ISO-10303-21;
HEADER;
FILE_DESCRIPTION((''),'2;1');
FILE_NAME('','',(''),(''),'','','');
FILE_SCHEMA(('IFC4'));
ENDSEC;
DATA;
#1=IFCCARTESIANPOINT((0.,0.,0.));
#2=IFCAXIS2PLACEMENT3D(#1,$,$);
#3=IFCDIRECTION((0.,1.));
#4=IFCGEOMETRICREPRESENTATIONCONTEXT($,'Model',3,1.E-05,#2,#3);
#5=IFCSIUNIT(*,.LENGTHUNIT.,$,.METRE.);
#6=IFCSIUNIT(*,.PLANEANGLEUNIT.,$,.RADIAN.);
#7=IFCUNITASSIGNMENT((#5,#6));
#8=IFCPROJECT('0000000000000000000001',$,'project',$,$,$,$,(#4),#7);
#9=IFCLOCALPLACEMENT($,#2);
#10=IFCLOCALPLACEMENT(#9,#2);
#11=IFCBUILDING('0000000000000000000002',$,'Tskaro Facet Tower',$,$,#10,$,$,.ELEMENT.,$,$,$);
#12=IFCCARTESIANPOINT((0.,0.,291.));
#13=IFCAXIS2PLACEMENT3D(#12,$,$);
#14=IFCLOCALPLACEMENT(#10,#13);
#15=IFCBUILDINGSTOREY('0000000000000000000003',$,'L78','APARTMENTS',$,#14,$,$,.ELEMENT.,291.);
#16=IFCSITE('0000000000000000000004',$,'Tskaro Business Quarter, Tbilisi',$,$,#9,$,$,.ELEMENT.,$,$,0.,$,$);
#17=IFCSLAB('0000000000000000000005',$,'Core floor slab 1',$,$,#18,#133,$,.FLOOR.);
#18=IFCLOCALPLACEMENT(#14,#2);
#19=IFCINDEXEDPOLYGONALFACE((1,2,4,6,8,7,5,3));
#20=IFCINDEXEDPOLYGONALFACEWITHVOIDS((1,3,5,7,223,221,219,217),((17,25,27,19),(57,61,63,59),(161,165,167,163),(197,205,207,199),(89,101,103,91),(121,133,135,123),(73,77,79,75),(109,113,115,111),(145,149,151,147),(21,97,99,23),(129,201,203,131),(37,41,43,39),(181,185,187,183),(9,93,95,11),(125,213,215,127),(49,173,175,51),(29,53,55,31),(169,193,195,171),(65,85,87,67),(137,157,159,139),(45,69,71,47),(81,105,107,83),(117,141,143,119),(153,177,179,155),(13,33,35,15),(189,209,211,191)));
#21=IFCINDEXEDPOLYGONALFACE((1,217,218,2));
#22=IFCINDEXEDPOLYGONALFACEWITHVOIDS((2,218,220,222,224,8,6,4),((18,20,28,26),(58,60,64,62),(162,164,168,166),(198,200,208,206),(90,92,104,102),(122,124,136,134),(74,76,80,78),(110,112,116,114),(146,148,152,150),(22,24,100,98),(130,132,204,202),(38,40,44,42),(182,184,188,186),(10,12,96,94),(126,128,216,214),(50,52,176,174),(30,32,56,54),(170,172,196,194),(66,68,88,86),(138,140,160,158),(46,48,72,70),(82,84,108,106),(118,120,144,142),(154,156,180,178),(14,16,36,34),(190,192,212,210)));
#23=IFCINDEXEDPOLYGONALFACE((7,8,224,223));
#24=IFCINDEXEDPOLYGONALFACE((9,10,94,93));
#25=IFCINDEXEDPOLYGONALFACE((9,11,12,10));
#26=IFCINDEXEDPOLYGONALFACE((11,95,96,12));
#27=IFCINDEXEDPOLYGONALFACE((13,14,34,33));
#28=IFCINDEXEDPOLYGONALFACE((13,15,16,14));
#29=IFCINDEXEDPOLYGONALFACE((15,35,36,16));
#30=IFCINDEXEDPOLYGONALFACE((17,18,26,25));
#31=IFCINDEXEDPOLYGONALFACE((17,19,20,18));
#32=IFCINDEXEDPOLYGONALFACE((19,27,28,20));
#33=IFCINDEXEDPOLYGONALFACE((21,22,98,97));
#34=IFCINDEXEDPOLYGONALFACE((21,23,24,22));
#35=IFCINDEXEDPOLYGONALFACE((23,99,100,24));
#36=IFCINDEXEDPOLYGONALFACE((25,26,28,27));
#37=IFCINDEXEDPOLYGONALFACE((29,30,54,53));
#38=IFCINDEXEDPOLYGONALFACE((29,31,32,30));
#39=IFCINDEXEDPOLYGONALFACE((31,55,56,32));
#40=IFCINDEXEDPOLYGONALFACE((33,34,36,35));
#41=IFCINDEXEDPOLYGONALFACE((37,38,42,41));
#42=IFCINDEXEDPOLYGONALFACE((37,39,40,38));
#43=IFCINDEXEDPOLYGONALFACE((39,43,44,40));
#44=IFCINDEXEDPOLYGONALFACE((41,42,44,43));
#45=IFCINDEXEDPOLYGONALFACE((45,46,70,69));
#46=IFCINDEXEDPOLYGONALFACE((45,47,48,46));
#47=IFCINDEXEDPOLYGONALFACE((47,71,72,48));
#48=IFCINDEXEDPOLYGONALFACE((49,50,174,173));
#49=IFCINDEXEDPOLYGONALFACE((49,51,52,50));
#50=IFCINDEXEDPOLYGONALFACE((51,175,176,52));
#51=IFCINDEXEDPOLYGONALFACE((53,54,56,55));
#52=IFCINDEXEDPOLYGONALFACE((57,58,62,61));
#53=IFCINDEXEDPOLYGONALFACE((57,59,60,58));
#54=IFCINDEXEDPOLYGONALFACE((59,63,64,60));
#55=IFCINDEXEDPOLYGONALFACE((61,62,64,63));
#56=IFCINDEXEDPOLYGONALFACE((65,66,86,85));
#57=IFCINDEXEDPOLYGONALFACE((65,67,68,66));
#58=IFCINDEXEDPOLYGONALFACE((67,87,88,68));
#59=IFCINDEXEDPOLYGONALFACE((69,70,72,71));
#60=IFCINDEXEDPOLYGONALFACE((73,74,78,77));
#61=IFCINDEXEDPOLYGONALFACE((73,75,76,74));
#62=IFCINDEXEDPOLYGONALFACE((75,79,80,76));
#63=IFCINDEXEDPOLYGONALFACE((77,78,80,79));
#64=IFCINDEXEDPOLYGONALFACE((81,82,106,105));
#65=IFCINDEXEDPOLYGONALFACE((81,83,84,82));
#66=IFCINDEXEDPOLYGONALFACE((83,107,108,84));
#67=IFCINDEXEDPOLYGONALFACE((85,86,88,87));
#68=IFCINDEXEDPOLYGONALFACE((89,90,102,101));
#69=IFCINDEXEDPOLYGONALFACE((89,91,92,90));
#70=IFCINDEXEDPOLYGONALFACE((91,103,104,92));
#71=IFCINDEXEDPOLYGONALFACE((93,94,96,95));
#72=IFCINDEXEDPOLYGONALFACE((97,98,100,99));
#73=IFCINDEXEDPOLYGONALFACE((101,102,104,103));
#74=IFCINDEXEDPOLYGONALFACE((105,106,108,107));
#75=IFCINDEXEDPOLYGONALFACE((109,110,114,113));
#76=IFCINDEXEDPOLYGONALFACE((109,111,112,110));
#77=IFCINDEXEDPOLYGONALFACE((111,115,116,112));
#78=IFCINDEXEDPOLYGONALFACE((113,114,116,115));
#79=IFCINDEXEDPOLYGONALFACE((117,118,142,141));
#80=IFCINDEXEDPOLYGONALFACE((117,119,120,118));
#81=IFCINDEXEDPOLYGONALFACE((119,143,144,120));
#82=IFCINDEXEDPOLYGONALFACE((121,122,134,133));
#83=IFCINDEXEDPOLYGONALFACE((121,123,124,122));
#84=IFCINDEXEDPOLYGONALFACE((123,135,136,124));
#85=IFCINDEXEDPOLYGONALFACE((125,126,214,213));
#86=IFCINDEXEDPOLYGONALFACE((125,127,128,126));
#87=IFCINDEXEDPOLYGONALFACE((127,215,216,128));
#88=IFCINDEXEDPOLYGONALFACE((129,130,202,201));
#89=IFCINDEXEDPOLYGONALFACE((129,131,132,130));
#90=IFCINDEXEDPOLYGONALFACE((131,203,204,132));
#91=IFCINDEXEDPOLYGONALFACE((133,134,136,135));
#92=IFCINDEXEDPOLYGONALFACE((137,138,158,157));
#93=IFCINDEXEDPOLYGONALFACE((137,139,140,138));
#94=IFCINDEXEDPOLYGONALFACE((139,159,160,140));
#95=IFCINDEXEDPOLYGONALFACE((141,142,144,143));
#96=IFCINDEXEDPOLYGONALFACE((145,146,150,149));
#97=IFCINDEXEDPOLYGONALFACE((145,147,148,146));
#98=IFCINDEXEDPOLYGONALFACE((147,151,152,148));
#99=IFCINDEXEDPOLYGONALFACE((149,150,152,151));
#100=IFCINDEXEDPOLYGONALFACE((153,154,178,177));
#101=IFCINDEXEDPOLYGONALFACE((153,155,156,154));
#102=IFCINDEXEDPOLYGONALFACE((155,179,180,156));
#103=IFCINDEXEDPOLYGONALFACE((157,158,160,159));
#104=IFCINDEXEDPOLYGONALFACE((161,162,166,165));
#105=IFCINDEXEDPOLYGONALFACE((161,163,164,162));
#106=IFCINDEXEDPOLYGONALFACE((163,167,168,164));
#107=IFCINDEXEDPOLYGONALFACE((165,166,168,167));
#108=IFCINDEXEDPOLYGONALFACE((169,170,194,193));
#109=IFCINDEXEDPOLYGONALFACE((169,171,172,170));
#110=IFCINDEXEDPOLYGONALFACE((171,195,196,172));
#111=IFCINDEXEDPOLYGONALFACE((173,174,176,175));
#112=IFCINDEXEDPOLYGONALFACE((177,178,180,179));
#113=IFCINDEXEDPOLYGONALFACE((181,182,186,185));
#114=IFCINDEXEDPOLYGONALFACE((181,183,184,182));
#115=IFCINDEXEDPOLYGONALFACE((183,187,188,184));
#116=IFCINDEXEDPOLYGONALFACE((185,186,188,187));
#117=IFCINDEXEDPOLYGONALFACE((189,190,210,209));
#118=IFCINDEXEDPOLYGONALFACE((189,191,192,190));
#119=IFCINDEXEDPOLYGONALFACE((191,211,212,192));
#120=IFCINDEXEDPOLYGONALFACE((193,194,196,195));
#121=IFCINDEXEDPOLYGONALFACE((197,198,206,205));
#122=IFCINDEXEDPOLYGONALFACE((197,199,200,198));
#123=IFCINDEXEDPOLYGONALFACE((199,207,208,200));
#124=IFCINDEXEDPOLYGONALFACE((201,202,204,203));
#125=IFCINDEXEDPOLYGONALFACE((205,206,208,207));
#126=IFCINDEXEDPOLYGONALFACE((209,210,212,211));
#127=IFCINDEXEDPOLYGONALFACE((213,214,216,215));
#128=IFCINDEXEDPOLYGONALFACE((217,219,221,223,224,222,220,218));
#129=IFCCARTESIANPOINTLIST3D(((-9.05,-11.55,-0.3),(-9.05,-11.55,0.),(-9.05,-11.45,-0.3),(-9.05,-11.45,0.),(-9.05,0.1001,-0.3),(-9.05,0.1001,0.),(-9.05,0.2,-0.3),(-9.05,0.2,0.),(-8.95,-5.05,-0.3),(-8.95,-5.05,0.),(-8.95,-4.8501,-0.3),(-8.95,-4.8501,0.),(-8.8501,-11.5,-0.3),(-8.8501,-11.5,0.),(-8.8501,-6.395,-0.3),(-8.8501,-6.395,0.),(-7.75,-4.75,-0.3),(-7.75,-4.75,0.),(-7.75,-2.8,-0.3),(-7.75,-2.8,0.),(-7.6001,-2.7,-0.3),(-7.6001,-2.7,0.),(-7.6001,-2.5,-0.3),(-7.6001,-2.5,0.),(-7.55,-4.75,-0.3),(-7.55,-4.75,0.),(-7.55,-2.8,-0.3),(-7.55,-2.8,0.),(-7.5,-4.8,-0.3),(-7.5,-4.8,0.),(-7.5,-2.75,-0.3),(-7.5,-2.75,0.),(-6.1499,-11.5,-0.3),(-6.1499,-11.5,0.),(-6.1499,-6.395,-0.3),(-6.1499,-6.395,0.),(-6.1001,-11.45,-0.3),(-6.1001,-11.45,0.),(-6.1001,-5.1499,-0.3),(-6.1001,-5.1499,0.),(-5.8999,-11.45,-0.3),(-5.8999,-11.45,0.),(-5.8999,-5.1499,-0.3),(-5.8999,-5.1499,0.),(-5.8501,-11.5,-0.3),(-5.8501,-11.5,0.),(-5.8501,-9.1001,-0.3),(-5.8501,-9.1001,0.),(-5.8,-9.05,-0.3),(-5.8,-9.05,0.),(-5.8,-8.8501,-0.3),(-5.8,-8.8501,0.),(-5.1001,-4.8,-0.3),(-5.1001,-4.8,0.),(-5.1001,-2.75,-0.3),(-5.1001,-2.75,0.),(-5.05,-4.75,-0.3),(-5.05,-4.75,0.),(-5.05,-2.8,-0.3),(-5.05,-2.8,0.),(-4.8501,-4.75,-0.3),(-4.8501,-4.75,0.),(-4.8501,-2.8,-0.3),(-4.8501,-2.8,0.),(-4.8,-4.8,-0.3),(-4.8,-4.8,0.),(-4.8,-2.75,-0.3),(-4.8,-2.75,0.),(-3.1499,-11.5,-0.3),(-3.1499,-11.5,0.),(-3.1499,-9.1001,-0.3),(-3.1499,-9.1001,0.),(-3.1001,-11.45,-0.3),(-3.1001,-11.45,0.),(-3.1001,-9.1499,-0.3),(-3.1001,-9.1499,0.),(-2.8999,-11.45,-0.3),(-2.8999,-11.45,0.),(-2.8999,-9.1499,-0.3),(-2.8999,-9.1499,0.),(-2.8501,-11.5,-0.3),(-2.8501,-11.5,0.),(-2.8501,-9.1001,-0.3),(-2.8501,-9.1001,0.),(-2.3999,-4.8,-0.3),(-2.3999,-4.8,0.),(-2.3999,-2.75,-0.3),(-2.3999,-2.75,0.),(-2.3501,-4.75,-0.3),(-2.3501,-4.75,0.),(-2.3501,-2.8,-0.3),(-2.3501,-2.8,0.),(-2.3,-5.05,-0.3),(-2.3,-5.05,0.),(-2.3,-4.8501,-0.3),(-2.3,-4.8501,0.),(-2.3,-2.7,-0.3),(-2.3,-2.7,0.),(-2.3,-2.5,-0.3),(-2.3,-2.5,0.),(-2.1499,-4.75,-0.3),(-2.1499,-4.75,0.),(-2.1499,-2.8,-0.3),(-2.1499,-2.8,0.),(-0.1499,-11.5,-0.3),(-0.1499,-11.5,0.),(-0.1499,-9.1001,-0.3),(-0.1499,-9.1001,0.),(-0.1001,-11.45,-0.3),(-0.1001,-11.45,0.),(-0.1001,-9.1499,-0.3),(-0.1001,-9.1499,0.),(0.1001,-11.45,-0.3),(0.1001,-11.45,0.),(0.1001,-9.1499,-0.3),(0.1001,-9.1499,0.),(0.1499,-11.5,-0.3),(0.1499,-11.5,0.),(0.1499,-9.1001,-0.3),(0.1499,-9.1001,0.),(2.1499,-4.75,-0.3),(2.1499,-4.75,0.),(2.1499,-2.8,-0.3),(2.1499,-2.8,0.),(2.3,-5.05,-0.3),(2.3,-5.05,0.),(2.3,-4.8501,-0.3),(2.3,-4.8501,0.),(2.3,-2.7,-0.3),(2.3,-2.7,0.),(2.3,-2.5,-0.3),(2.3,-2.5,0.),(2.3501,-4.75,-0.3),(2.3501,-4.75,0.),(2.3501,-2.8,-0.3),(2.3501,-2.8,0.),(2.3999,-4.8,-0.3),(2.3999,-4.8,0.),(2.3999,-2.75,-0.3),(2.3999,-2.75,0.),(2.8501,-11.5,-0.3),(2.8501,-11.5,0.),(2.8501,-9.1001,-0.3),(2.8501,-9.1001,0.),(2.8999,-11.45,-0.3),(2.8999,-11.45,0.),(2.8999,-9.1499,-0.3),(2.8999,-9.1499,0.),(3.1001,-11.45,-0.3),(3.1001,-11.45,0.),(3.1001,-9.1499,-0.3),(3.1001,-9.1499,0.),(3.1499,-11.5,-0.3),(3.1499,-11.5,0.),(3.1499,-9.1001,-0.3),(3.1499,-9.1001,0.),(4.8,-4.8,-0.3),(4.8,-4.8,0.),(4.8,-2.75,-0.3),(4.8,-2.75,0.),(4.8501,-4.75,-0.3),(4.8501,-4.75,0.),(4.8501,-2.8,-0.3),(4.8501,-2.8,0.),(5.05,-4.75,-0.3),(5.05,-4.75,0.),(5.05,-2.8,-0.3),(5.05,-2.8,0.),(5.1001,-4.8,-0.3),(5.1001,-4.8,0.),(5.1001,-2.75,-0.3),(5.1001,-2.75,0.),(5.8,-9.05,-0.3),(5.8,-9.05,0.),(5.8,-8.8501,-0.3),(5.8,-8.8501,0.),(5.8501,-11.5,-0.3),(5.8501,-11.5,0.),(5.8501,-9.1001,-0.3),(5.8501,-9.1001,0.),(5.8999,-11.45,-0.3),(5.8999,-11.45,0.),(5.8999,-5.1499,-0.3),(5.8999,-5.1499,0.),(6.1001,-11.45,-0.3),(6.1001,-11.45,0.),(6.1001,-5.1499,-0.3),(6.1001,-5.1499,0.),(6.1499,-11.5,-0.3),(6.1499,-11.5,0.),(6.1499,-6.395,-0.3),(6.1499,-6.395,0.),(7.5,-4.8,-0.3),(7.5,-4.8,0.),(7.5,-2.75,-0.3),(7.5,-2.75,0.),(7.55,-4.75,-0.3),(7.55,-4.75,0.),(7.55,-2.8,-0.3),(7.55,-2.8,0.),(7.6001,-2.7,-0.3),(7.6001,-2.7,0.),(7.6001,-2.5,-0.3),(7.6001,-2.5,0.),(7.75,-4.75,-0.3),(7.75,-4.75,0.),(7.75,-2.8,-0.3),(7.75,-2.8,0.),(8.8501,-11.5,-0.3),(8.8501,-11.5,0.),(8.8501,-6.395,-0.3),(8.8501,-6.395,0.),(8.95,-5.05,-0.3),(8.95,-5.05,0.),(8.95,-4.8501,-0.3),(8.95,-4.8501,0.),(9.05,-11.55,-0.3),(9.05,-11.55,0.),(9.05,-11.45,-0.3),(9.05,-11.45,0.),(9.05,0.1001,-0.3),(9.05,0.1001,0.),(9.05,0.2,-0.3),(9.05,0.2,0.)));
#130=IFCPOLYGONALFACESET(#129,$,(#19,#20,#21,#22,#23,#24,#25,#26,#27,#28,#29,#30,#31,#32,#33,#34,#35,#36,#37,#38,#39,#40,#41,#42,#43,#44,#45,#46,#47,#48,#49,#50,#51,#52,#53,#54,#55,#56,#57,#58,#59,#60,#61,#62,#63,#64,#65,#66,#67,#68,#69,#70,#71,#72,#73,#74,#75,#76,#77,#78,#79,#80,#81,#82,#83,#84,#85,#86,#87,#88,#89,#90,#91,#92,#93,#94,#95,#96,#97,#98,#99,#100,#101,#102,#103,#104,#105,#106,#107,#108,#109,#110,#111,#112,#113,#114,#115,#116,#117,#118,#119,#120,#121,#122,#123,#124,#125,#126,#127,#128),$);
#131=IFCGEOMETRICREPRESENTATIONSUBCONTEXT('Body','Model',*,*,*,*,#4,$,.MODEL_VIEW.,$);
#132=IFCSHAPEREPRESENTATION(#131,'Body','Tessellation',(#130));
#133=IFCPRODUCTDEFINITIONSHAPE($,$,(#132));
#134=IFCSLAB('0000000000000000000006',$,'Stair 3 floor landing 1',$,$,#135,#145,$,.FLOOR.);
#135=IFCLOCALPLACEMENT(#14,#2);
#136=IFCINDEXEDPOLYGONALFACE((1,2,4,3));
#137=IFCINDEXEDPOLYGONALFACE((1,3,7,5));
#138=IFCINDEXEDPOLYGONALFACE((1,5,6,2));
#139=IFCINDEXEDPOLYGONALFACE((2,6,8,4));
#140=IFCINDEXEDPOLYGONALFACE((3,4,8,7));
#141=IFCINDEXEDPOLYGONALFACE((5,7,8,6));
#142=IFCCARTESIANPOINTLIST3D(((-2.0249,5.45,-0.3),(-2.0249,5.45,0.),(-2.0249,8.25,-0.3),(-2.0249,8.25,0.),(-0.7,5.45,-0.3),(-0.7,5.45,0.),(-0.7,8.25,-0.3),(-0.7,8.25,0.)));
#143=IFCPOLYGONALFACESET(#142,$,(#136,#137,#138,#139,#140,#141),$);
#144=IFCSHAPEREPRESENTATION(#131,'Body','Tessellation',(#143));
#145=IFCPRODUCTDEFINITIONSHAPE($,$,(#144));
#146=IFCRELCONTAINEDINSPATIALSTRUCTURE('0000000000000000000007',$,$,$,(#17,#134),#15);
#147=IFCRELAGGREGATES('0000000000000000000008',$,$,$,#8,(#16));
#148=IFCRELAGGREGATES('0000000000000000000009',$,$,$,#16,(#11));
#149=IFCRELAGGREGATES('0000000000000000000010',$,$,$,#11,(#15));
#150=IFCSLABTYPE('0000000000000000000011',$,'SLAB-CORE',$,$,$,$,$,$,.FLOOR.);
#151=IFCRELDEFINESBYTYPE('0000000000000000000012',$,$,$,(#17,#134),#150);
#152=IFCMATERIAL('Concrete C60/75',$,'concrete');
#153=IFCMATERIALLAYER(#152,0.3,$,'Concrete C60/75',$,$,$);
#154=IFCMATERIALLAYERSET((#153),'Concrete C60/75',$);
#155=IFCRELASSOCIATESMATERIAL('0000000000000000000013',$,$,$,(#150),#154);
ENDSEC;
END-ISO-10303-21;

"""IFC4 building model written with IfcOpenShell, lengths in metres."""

from ifc_helpers import new_model, si_unit, direction, frame, origin, place, context, subcontext, project, spatial, polyline, outline, extrude, material, layer, layer_set, type_object, element, save


model = new_model("IFC4")

# Units and contexts
model_context = context("Model", 3, precision=1e-05, world=origin(), true_north=direction((0.0, 1.0)))
body_context = subcontext(model_context, "Body", "Model", "MODEL_VIEW")
ifc_project = project(units=[si_unit("LENGTHUNIT", "METRE"), si_unit("PLANEANGLEUNIT", "RADIAN")], contexts=[model_context])

# Site, building, storey
site_placement = place(None, origin())
site = spatial("IfcSite", under=ifc_project, at=site_placement, Name="Tskaro Business Quarter, Tbilisi", CompositionType="ELEMENT", RefElevation=0.0)
building_placement = place(site_placement, origin())
building = spatial("IfcBuilding", under=site, at=building_placement, Name="Tskaro Facet Tower", CompositionType="ELEMENT")
storey_placement = place(building_placement, frame((0.0, 0.0, 291.0)))
storey = spatial("IfcBuildingStorey", under=building, at=storey_placement, Name="L78", Description="APARTMENTS", CompositionType="ELEMENT", Elevation=291.0)

# Slabs
ifc_material_1 = material(Name="Concrete C60/75", Category="concrete")
ifc_layer_1 = layer(ifc_material_1, 0.3, Name="Concrete C60/75")
ifc_layer_set_1 = layer_set([ifc_layer_1], Name="Concrete C60/75")
slab_type_1 = type_object("IfcSlabType", Name="SLAB-CORE", PredefinedType="FLOOR", material=ifc_layer_set_1)
slab_1_placement = place(storey_placement, frame((0.0, 0.0, -0.3)))
element("IfcSlab", 1, at=slab_1_placement, inside=storey, type_object=slab_type_1, Name="Core floor slab 1", PredefinedType="FLOOR", context=body_context, shape_type="SweptSolid", body=[
    extrude(outline(polyline([(-9.05, 0.2), (9.05, 0.2), (9.05, 0.1001), (9.05, -11.45), (9.05, -11.55), (-9.05, -11.55), (-9.05, -11.45), (-9.05, 0.1001), (-9.05, 0.2)]), holes=[polyline([(-5.8501, -9.1001), (-5.8501, -11.5), (-3.1499, -11.5), (-3.1499, -9.1001), (-5.8501, -9.1001)]), polyline([(-3.1001, -11.45), (-2.8999, -11.45), (-2.8999, -9.1499), (-3.1001, -9.1499), (-3.1001, -11.45)]), polyline([(-2.8501, -9.1001), (-2.8501, -11.5), (-0.1499, -11.5), (-0.1499, -9.1001), (-2.8501, -9.1001)]), polyline([(-6.1001, -11.45), (-5.8999, -11.45), (-5.8999, -5.1499), (-6.1001, -5.1499), (-6.1001, -11.45)]), polyline([(-8.95, -5.05), (-2.3, -5.05), (-2.3, -4.8501), (-8.95, -4.8501), (-8.95, -5.05)]), polyline([(-7.75, -4.75), (-7.55, -4.75), (-7.55, -2.8), (-7.75, -2.8), (-7.75, -4.75)]), polyline([(-7.5, -4.8), (-5.1001, -4.8), (-5.1001, -2.75), (-7.5, -2.75), (-7.5, -4.8)]), polyline([(-5.05, -4.75), (-4.8501, -4.75), (-4.8501, -2.8), (-5.05, -2.8), (-5.05, -4.75)]), polyline([(-2.3999, -2.75), (-4.8, -2.75), (-4.8, -4.8), (-2.3999, -4.8), (-2.3999, -2.75)]), polyline([(-2.3501, -4.75), (-2.1499, -4.75), (-2.1499, -2.8), (-2.3501, -2.8), (-2.3501, -4.75)]), polyline([(-7.6001, -2.7), (-2.3, -2.7), (-2.3, -2.5), (-7.6001, -2.5), (-7.6001, -2.7)]), polyline([(-0.1001, -11.45), (0.1001, -11.45), (0.1001, -9.1499), (-0.1001, -9.1499), (-0.1001, -11.45)]), polyline([(0.1499, -9.1001), (0.1499, -11.5), (2.8501, -11.5), (2.8501, -9.1001), (0.1499, -9.1001)]), polyline([(2.8999, -11.45), (3.1001, -11.45), (3.1001, -9.1499), (2.8999, -9.1499), (2.8999, -11.45)]), polyline([(3.1499, -9.1001), (3.1499, -11.5), (5.8501, -11.5), (5.8501, -9.1001), (3.1499, -9.1001)]), polyline([(-5.8, -9.05), (5.8, -9.05), (5.8, -8.8501), (-5.8, -8.8501), (-5.8, -9.05)]), polyline([(5.8999, -11.45), (6.1001, -11.45), (6.1001, -5.1499), (5.8999, -5.1499), (5.8999, -11.45)]), polyline([(2.3, -5.05), (8.95, -5.05), (8.95, -4.8501), (2.3, -4.8501), (2.3, -5.05)]), polyline([(2.1499, -4.75), (2.3501, -4.75), (2.3501, -2.8), (2.1499, -2.8), (2.1499, -4.75)]), polyline([(4.8, -2.75), (2.3999, -2.75), (2.3999, -4.8), (4.8, -4.8), (4.8, -2.75)]), polyline([(4.8501, -4.75), (5.05, -4.75), (5.05, -2.8), (4.8501, -2.8), (4.8501, -4.75)]), polyline([(7.5, -2.75), (5.1001, -2.75), (5.1001, -4.8), (7.5, -4.8), (7.5, -2.75)]), polyline([(7.55, -4.75), (7.75, -4.75), (7.75, -2.8), (7.55, -2.8), (7.55, -4.75)]), polyline([(2.3, -2.7), (7.6001, -2.7), (7.6001, -2.5), (2.3, -2.5), (2.3, -2.7)]), polyline([(-8.8501, -11.5), (-6.1499, -11.5), (-6.1499, -6.395), (-8.8501, -6.395), (-8.8501, -11.5)]), polyline([(6.1499, -6.395), (6.1499, -11.5), (8.8501, -11.5), (8.8501, -6.395), (6.1499, -6.395)])]), origin(), (0.0, 0.0, 1.0), 0.3),
])
slab_2_placement = place(storey_placement, frame((0.0, 0.0, -0.3)))
element("IfcSlab", 2, at=slab_2_placement, inside=storey, type_object=slab_type_1, Name="Stair 3 floor landing 1", PredefinedType="FLOOR", context=body_context, shape_type="SweptSolid", body=[
    extrude(outline(polyline([(-2.0249, 5.45), (-0.7, 5.45), (-0.7, 8.25), (-2.0249, 8.25), (-2.0249, 5.45)])), origin(), (0.0, 0.0, 1.0), 0.3),
])

save(model, "model.ifc")
